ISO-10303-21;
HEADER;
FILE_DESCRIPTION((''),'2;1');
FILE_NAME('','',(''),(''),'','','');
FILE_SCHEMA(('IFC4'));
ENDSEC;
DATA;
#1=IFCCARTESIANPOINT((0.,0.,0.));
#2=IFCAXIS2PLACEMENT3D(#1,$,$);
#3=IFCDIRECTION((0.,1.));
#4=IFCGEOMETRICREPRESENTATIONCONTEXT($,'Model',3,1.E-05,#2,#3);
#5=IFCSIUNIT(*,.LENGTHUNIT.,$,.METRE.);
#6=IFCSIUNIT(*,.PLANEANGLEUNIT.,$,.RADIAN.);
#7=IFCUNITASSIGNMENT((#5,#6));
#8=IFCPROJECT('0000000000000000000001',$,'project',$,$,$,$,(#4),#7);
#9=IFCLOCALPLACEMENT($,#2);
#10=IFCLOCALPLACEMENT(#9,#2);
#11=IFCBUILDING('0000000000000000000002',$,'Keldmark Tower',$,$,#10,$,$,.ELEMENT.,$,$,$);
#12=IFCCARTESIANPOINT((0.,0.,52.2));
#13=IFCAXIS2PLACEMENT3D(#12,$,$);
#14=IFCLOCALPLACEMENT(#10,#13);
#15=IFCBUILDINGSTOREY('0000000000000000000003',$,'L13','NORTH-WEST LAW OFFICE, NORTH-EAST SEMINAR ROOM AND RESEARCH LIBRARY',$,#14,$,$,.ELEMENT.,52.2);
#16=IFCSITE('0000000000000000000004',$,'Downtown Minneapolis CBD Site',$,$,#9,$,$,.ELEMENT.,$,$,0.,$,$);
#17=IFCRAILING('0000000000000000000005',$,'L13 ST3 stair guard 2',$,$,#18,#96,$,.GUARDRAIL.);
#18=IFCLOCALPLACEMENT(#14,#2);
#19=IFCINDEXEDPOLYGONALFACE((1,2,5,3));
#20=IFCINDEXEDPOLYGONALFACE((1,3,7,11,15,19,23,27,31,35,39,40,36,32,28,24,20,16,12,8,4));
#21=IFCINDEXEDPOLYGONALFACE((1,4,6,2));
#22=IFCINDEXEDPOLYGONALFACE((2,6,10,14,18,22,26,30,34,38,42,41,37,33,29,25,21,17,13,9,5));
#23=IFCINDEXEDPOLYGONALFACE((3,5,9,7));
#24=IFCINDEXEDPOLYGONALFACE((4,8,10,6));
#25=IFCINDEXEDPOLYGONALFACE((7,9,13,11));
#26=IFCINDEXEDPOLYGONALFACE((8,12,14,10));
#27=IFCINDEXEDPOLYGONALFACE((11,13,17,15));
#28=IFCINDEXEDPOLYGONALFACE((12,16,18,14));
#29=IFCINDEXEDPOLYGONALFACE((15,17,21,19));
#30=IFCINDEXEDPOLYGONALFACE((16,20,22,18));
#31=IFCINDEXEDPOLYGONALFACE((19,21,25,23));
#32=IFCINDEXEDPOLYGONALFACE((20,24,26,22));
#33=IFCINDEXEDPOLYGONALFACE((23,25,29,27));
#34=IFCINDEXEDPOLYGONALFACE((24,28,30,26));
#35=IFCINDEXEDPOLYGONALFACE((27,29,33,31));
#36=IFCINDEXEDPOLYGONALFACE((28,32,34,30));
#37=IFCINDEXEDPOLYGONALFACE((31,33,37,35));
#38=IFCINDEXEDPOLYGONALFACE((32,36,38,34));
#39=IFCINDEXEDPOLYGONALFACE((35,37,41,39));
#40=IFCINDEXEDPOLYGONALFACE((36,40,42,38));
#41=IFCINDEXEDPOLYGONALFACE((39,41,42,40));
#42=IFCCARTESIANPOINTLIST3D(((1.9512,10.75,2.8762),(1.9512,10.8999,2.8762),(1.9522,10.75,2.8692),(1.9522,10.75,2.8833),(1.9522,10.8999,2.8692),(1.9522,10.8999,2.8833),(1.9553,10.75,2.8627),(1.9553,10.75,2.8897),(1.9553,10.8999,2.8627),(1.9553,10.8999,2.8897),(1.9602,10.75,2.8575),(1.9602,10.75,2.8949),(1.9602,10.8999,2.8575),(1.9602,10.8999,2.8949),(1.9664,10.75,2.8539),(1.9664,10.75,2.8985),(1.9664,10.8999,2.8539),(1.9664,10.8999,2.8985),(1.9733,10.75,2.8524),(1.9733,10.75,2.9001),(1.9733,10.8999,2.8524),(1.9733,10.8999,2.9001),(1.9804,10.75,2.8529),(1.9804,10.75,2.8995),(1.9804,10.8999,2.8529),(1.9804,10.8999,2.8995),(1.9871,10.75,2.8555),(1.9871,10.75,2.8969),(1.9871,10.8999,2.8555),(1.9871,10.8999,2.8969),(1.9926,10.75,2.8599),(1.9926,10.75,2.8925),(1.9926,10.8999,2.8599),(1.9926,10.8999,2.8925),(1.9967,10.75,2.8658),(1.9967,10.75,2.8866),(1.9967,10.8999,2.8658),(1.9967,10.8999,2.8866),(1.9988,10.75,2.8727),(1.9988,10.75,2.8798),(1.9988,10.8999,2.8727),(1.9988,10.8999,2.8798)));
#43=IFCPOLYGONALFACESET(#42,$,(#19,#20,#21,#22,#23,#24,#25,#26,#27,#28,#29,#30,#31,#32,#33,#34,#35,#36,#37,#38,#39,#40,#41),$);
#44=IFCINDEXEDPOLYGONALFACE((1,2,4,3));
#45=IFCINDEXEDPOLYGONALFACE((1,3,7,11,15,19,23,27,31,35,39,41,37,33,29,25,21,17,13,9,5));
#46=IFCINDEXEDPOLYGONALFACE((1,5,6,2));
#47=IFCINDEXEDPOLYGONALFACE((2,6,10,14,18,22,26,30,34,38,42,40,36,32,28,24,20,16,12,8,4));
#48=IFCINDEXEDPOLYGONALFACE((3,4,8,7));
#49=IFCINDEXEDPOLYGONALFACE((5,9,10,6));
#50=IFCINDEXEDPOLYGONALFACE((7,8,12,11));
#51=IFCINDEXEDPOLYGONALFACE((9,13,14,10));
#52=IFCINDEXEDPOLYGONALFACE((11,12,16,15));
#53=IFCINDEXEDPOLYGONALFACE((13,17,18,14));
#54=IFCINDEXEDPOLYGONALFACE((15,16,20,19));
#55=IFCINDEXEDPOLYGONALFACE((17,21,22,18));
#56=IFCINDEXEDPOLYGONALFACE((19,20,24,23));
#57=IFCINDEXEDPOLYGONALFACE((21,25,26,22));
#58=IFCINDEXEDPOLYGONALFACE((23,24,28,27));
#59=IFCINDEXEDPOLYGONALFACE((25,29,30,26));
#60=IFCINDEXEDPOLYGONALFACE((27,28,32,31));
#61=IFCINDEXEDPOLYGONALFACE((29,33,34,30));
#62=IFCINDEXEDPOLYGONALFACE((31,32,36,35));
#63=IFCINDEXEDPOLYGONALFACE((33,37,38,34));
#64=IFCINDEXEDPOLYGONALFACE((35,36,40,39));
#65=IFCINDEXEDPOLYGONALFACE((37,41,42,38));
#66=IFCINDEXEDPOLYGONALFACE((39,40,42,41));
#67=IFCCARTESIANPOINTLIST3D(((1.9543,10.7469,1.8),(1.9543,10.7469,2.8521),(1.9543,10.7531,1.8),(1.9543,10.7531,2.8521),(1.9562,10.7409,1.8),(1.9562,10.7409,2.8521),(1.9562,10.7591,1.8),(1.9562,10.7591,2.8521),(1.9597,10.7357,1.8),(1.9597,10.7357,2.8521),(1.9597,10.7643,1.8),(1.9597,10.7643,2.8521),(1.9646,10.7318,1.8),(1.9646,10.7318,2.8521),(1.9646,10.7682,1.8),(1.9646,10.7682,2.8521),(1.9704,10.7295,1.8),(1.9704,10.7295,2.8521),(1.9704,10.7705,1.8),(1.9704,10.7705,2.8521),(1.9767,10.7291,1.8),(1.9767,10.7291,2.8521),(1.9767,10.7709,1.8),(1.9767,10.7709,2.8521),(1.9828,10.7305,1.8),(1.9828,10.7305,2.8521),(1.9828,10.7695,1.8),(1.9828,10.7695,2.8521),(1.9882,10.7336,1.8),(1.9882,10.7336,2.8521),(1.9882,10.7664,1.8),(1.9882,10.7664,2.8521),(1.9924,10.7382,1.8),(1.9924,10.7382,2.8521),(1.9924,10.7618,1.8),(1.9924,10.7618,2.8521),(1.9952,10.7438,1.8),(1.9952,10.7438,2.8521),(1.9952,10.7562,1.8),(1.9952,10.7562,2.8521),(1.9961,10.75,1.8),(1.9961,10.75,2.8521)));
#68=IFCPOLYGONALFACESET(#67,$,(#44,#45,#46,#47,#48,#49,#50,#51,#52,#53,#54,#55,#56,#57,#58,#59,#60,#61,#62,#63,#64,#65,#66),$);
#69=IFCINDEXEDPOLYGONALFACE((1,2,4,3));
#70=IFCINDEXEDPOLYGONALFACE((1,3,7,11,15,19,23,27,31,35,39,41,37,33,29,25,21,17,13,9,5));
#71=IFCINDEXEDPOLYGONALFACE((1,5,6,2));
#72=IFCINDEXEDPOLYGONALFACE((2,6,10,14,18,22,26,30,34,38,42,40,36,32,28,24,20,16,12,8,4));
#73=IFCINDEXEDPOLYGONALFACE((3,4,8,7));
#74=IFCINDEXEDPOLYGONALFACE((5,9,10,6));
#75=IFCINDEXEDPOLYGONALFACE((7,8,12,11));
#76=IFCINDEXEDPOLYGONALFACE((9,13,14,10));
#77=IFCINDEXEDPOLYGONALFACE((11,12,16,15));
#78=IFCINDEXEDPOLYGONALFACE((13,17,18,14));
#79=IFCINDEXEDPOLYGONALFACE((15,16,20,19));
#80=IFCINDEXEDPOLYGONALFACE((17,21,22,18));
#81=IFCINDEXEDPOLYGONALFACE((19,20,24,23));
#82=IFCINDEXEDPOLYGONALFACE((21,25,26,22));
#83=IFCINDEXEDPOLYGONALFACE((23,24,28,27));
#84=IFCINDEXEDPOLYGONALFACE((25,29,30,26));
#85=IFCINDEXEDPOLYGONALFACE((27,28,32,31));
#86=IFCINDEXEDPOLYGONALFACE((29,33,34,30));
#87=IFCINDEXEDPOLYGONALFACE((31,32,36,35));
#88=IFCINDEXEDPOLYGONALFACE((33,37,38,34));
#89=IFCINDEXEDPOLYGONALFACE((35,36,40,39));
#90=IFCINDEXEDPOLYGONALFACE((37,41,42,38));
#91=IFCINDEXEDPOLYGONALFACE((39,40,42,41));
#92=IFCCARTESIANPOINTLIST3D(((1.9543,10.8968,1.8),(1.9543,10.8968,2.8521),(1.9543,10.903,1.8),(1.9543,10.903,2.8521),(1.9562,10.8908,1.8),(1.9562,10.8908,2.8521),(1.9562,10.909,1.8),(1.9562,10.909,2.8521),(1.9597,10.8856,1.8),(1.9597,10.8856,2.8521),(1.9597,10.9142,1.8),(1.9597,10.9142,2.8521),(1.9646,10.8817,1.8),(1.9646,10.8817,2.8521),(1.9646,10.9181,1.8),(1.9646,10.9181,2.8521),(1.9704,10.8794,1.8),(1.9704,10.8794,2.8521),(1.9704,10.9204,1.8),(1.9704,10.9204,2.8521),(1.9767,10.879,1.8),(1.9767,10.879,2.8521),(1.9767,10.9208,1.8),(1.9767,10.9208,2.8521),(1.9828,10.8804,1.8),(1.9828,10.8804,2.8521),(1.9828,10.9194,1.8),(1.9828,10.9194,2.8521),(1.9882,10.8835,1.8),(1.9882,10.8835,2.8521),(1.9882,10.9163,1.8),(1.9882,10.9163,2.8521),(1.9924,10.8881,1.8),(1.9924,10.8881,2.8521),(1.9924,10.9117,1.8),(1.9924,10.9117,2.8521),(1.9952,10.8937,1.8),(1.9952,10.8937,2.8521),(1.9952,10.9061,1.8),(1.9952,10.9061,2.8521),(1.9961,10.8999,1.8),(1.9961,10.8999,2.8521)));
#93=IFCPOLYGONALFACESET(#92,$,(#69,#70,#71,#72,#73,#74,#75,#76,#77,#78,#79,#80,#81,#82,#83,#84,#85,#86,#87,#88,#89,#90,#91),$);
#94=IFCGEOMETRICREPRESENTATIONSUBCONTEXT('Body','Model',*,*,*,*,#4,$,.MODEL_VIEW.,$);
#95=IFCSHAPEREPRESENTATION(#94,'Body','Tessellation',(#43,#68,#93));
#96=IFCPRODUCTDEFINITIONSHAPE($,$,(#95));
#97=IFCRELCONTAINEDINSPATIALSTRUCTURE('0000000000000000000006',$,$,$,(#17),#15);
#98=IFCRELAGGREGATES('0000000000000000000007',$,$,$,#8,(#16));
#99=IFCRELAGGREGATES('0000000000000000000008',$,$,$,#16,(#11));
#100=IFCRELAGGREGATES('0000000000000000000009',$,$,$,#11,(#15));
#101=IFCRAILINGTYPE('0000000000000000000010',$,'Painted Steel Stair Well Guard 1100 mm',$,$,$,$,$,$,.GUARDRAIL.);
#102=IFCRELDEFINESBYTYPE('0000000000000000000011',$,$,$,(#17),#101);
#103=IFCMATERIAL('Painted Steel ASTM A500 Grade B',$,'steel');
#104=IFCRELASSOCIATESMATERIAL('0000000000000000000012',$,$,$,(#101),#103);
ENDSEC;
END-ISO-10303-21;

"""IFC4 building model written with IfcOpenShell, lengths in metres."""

from ifc_helpers import new_model, si_unit, direction, frame, origin, origin_2d, place, context, subcontext, project, spatial, circle, extrude, material, type_object, element, save


model = new_model("IFC4")

# Units and contexts
model_context = context("Model", 3, precision=1e-05, world=origin(), true_north=direction((0.0, 1.0)))
body_context = subcontext(model_context, "Body", "Model", "MODEL_VIEW")
ifc_project = project(units=[si_unit("LENGTHUNIT", "METRE"), si_unit("PLANEANGLEUNIT", "RADIAN")], contexts=[model_context])

# Site, building, storey
site_placement = place(None, origin())
site = spatial("IfcSite", under=ifc_project, at=site_placement, Name="Downtown Minneapolis CBD Site", CompositionType="ELEMENT", RefElevation=0.0)
building_placement = place(site_placement, origin())
building = spatial("IfcBuilding", under=site, at=building_placement, Name="Keldmark Tower", CompositionType="ELEMENT")
storey_placement = place(building_placement, frame((0.0, 0.0, 52.2)))
storey = spatial("IfcBuildingStorey", under=building, at=storey_placement, Name="L13", Description="NORTH-WEST LAW OFFICE, NORTH-EAST SEMINAR ROOM AND RESEARCH LIBRARY", CompositionType="ELEMENT", Elevation=52.2)

# Railing
ifc_material_1 = material(Name="Painted Steel ASTM A500 Grade B", Category="steel")
railing_type_1 = type_object("IfcRailingType", Name="Painted Steel Stair Well Guard 1100 mm", PredefinedType="GUARDRAIL", material=ifc_material_1)
railing_1_placement = place(storey_placement, frame((1.9751, 10.75, 1.8)))
element("IfcRailing", 1, at=railing_1_placement, inside=storey, type_object=railing_type_1, Name="L13 ST3 stair guard 2", PredefinedType="GUARDRAIL", context=body_context, shape_type="SweptSolid", body=[
    extrude(circle(Radius=0.0239, at=origin_2d()), frame((0.0, 0.0, 1.0762), z_axis=(0.0, 1.0, 0.0), x_axis=(-1.0, 0.0, 0.0)), (0.0, 0.0, 1.0), 0.1499),
    extrude(circle(Radius=0.021, at=origin_2d()), origin(), (0.0, 0.0, 1.0), 1.052),
    extrude(circle(Radius=0.021, at=origin_2d()), frame((0.0, 0.1499, 0.0)), (0.0, 0.0, 1.0), 1.052),
])

save(model, "model.ifc")
